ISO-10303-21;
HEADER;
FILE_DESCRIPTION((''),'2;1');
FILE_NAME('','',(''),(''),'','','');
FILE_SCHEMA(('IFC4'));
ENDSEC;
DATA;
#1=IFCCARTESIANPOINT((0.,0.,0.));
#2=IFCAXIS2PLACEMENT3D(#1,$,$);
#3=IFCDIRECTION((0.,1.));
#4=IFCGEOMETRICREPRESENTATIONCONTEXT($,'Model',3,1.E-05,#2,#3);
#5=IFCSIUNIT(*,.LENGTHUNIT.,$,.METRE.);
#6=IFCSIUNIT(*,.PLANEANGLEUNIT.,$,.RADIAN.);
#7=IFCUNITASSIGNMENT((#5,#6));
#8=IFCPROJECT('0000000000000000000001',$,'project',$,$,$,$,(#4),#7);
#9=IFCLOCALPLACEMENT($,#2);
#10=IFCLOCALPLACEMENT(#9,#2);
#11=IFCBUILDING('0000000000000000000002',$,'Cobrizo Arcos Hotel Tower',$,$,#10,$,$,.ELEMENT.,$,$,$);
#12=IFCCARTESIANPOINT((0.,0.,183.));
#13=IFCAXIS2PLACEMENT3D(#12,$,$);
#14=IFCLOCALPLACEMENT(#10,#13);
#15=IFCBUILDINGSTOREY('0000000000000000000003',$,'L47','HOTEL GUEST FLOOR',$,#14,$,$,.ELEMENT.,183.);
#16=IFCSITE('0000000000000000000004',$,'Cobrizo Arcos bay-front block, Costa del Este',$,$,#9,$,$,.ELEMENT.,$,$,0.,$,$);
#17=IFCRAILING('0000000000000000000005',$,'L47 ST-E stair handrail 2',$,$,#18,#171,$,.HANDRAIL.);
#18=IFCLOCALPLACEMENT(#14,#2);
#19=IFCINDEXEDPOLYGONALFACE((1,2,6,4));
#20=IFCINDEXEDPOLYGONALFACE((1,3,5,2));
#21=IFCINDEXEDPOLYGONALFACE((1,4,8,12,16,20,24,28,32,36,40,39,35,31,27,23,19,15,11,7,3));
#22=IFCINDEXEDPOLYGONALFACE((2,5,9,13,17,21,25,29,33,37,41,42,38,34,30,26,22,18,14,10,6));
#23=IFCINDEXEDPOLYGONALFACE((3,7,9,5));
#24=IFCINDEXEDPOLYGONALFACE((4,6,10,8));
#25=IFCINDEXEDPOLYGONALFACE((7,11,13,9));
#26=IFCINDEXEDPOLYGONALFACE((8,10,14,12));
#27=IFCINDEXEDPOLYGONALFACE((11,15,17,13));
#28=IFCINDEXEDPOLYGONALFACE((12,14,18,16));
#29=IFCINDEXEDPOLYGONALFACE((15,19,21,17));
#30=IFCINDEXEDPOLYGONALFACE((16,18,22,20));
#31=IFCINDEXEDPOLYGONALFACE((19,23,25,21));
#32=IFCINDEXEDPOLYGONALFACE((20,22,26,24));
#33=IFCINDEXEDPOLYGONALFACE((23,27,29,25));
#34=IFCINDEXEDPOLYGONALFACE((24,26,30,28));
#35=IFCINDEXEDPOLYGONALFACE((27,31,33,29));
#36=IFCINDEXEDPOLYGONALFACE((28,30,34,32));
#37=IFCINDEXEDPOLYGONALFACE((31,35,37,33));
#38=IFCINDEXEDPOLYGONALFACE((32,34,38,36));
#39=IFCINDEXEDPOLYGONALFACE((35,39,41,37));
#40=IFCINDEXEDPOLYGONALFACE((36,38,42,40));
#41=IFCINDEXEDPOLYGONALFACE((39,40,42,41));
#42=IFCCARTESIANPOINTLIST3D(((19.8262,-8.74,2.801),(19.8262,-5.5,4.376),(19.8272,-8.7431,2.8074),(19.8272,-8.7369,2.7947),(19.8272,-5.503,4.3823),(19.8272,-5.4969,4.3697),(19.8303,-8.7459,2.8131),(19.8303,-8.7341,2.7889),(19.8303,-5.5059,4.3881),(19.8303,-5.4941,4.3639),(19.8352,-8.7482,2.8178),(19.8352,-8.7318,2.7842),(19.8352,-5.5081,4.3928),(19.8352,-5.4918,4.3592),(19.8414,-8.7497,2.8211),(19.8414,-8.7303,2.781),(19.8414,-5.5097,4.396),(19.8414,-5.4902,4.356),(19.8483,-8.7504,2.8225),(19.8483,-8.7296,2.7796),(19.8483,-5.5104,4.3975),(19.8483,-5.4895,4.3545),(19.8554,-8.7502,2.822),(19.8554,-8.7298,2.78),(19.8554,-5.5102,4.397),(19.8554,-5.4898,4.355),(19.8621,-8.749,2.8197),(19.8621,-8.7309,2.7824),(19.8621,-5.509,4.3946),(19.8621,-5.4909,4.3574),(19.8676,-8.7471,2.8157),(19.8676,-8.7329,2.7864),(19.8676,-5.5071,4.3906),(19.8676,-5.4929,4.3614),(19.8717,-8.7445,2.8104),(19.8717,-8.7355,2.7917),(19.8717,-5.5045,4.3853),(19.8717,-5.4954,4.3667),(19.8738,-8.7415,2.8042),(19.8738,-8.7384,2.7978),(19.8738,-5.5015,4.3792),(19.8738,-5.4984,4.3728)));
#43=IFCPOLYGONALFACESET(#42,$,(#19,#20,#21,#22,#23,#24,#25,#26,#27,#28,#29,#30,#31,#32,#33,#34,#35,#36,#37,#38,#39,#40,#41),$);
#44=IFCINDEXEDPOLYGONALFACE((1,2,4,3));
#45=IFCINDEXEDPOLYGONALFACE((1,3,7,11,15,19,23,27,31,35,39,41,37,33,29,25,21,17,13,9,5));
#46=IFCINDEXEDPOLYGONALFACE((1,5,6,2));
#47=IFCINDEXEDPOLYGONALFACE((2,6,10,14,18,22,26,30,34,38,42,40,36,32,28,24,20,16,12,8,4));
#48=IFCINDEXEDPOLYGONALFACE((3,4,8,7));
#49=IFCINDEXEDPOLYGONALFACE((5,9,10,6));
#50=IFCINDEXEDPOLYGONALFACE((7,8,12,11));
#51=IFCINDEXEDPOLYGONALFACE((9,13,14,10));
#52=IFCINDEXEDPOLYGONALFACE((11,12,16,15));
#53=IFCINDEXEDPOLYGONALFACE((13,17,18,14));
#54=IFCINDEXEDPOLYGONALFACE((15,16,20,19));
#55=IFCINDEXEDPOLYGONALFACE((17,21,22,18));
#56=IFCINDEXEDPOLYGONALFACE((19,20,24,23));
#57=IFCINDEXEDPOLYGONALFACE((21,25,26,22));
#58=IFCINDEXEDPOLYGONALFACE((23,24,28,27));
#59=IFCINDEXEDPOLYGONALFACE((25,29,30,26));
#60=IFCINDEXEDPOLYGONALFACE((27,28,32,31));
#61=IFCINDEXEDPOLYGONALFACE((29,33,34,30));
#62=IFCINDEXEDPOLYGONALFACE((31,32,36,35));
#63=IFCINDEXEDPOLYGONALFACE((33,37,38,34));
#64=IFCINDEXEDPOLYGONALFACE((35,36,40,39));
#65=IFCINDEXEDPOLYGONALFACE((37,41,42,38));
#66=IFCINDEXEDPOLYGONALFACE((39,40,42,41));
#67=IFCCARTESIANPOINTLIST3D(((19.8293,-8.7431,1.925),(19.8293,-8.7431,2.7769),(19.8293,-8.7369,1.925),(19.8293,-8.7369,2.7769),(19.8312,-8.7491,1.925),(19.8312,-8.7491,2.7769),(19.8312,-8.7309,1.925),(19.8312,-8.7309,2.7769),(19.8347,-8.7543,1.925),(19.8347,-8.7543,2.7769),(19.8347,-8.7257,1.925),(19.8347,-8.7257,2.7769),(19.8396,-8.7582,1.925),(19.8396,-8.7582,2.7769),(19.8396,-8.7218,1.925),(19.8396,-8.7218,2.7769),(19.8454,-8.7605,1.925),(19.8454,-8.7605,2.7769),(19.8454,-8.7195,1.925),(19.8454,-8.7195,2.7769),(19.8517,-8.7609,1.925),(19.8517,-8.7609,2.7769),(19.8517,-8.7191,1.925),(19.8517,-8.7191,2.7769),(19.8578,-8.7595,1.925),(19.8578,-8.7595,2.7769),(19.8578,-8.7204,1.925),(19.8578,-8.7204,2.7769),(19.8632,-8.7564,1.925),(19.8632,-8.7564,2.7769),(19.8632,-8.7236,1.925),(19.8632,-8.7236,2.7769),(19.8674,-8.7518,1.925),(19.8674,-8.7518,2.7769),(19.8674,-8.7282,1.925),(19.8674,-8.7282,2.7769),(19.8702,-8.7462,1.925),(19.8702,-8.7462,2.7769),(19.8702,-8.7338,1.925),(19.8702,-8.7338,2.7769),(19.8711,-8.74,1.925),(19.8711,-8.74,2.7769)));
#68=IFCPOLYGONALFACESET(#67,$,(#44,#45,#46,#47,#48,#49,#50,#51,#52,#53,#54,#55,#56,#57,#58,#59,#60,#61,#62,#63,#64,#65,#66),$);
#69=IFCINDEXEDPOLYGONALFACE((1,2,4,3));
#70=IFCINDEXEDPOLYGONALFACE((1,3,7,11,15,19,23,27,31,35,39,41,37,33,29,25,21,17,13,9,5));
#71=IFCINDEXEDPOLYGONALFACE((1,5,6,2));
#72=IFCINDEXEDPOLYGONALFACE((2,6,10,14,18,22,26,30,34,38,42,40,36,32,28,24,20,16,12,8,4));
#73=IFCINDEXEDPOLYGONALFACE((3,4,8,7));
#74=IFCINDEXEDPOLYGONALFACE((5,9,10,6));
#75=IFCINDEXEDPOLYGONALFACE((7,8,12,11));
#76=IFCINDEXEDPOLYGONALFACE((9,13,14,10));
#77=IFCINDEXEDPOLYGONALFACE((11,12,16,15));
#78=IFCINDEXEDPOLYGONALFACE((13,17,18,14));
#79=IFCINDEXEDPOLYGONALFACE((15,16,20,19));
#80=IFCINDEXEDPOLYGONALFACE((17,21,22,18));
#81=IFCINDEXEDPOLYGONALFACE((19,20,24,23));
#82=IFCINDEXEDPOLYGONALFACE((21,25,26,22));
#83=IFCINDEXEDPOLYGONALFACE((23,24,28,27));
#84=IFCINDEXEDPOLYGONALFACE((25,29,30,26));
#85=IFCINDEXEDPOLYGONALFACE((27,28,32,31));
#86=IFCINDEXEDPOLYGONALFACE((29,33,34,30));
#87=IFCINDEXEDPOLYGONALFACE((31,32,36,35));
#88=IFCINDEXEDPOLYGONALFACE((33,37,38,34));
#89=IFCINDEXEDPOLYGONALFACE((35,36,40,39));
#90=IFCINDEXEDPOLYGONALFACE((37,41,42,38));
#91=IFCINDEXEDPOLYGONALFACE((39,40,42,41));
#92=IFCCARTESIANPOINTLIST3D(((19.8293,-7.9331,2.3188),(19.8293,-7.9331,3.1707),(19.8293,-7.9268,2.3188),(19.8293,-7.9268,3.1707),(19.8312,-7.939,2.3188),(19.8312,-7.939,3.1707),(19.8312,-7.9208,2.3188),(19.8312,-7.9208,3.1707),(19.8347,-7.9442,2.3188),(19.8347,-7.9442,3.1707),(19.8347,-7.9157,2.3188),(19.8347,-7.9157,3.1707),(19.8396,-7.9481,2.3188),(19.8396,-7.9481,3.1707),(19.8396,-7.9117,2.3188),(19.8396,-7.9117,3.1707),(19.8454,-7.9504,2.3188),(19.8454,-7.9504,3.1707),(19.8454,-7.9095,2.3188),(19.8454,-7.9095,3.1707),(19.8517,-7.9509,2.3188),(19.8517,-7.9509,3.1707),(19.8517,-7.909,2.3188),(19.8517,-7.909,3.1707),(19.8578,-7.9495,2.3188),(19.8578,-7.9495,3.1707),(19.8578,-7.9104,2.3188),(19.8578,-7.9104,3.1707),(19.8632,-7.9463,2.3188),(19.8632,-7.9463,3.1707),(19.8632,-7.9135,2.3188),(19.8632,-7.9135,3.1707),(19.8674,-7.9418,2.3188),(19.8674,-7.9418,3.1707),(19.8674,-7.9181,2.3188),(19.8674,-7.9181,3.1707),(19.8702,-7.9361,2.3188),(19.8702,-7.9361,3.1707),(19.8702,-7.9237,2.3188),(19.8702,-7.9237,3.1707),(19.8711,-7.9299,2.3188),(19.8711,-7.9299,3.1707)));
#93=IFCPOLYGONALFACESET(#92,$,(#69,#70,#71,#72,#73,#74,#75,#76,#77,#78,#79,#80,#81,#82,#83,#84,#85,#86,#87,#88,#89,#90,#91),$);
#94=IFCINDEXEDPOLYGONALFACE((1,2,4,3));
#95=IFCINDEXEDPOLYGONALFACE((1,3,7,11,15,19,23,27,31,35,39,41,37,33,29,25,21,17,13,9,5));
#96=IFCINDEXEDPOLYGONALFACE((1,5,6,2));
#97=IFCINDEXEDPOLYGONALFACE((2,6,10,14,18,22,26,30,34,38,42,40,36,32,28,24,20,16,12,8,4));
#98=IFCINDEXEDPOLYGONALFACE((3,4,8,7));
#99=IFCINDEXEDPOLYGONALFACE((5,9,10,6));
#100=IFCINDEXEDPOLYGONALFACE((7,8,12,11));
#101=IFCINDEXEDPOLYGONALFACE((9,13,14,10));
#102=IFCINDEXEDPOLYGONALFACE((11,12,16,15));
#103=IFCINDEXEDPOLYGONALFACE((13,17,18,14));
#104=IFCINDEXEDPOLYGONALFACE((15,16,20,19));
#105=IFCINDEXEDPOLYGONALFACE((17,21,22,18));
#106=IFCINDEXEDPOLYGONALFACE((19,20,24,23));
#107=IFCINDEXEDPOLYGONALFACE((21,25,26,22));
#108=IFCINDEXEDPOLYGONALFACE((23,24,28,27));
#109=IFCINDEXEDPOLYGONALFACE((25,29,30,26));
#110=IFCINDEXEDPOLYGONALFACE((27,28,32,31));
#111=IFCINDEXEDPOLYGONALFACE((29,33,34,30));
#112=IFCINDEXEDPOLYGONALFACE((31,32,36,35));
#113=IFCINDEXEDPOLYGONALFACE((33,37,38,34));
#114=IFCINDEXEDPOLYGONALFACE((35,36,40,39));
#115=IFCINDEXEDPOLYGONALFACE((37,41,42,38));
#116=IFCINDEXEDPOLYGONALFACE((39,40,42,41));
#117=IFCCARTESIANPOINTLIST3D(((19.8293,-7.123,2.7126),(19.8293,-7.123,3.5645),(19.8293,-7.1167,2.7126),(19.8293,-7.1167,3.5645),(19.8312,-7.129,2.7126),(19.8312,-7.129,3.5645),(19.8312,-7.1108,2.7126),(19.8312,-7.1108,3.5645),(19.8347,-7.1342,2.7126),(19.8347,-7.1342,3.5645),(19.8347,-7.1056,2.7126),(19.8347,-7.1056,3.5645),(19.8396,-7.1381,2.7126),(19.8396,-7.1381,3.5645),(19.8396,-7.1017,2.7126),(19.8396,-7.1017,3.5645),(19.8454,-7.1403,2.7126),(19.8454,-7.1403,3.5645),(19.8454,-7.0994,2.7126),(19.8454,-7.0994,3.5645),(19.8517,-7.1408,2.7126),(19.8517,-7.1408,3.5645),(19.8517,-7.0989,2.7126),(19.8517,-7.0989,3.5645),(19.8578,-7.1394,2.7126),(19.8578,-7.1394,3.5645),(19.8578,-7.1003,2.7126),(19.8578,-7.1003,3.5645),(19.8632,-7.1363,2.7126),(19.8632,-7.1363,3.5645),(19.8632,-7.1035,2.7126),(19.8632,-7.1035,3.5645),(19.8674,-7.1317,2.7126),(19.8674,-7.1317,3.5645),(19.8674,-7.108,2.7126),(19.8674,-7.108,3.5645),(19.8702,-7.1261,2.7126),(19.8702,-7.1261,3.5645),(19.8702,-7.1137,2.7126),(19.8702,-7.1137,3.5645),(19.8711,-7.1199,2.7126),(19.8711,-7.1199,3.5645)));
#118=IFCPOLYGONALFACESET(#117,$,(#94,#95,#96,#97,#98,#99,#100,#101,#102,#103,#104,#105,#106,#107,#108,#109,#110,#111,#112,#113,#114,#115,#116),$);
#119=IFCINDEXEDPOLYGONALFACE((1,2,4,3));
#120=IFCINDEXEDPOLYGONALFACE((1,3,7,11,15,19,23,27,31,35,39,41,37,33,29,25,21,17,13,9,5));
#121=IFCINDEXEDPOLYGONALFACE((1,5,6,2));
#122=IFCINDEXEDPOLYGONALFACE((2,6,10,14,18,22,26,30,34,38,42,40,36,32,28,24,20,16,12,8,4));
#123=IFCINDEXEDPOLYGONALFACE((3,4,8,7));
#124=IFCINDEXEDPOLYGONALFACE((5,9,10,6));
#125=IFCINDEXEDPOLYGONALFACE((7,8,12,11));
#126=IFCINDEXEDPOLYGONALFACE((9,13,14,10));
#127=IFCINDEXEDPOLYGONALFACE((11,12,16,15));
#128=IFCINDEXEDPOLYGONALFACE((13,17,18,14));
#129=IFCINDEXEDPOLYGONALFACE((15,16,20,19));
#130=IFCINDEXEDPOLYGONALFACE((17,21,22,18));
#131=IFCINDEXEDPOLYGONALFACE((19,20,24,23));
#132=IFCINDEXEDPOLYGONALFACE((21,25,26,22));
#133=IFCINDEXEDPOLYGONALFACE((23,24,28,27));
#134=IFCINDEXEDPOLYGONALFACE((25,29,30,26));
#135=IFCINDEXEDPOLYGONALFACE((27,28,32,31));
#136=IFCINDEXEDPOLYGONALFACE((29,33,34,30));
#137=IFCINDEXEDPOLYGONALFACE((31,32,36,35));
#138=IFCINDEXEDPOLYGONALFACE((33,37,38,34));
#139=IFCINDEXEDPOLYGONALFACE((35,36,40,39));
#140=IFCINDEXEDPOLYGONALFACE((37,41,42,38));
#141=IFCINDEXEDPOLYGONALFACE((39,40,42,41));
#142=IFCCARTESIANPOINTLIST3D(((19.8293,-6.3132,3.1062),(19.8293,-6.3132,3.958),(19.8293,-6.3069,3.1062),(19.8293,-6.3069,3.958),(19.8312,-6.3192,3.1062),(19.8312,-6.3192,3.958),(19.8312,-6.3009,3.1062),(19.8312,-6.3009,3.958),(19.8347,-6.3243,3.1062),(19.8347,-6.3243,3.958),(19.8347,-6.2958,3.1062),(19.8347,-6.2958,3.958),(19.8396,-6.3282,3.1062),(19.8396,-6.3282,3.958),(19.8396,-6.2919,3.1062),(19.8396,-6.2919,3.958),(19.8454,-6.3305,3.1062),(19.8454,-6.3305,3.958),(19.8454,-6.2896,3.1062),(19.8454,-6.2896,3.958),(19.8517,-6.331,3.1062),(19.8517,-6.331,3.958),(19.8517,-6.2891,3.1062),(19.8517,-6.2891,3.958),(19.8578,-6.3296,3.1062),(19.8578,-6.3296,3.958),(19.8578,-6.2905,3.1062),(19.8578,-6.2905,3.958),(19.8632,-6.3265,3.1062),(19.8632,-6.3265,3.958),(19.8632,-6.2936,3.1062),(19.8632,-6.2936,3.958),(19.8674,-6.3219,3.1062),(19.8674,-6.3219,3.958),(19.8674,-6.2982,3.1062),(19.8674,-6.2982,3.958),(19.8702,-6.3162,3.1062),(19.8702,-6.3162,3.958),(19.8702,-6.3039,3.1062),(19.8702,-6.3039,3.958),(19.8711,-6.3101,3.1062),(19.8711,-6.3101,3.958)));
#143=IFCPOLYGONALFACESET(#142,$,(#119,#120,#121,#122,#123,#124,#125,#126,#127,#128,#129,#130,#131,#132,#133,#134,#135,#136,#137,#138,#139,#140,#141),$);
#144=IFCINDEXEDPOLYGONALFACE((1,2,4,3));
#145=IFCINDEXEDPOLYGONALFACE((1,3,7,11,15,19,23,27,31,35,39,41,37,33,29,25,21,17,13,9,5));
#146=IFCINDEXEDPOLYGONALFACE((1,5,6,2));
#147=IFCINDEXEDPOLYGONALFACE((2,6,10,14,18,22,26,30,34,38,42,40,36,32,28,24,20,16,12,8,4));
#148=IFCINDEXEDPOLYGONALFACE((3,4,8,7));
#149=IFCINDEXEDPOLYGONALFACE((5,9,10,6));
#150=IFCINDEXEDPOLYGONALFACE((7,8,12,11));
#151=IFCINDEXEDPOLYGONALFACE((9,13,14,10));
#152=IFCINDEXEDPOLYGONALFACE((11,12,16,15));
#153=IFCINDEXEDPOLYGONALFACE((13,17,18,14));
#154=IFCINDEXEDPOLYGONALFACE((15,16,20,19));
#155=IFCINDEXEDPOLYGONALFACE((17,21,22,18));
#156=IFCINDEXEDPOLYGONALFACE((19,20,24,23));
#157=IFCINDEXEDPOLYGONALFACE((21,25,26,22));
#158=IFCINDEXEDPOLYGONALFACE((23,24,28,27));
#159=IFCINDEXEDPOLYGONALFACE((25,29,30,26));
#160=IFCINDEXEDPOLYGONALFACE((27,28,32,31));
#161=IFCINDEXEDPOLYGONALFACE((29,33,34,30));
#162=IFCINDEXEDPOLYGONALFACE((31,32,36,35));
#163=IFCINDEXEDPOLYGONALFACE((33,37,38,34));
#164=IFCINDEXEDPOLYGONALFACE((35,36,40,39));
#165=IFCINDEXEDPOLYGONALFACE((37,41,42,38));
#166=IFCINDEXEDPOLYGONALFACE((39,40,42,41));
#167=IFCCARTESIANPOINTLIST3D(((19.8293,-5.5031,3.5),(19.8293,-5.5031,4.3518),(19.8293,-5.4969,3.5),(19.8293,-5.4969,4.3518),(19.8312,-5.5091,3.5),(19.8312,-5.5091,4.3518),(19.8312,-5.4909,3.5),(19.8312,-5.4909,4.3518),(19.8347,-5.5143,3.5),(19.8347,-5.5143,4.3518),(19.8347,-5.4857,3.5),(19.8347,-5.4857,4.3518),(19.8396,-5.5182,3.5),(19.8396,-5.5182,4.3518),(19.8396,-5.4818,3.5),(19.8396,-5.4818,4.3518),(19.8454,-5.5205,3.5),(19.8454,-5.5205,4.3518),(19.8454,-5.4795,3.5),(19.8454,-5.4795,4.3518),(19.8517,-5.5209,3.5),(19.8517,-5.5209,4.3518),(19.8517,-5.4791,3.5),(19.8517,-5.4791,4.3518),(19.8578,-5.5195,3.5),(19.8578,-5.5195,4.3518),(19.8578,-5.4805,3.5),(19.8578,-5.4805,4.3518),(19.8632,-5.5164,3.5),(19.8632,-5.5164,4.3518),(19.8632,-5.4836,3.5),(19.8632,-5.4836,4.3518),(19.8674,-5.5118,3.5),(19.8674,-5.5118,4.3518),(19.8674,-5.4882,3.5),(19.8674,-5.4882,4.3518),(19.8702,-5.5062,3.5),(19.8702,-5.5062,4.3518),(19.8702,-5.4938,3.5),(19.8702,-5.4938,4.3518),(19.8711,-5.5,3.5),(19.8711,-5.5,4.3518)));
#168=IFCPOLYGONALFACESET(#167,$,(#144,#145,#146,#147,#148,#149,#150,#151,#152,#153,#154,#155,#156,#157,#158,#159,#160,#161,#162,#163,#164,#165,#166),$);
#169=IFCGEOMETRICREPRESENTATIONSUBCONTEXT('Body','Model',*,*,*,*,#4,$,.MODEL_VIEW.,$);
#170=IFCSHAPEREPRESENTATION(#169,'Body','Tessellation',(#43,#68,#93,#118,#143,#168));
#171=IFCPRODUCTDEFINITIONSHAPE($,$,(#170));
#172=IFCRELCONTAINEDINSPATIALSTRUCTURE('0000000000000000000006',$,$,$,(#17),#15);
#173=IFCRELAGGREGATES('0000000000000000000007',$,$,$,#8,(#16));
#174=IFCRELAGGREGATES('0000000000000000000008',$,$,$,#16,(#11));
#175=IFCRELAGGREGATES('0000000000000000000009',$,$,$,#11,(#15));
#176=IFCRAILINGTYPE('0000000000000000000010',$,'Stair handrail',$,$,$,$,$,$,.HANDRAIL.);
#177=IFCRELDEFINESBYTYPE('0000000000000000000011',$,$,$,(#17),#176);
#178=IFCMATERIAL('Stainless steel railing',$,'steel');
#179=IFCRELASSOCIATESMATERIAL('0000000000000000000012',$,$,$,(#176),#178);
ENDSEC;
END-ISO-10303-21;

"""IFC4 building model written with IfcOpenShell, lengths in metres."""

from ifc_helpers import new_model, si_unit, direction, frame, origin, origin_2d, place, context, subcontext, project, spatial, circle, extrude, material, type_object, element, save


model = new_model("IFC4")

# Units and contexts
model_context = context("Model", 3, precision=1e-05, world=origin(), true_north=direction((0.0, 1.0)))
body_context = subcontext(model_context, "Body", "Model", "MODEL_VIEW")
ifc_project = project(units=[si_unit("LENGTHUNIT", "METRE"), si_unit("PLANEANGLEUNIT", "RADIAN")], contexts=[model_context])

# Site, building, storey
site_placement = place(None, origin())
site = spatial("IfcSite", under=ifc_project, at=site_placement, Name="Cobrizo Arcos bay-front block, Costa del Este", CompositionType="ELEMENT", RefElevation=0.0)
building_placement = place(site_placement, origin())
building = spatial("IfcBuilding", under=site, at=building_placement, Name="Cobrizo Arcos Hotel Tower", CompositionType="ELEMENT")
storey_placement = place(building_placement, frame((0.0, 0.0, 183.0)))
storey = spatial("IfcBuildingStorey", under=building, at=storey_placement, Name="L47", Description="HOTEL GUEST FLOOR", CompositionType="ELEMENT", Elevation=183.0)

# Railing
ifc_material_1 = material(Name="Stainless steel railing", Category="steel")
railing_type_1 = type_object("IfcRailingType", Name="Stair handrail", PredefinedType="HANDRAIL", material=ifc_material_1)
railing_1_placement = place(storey_placement, frame((19.8501, -8.74, 1.925)))
element("IfcRailing", 1, at=railing_1_placement, inside=storey, type_object=railing_type_1, Name="L47 ST-E stair handrail 2", PredefinedType="HANDRAIL", context=body_context, shape_type="SweptSolid", body=[
    extrude(circle(Radius=0.0239, at=origin_2d()), frame((0.0, 0.0, 0.876), z_axis=(0.0, 0.899373, 0.437183), x_axis=(-1.0, 0.0, 0.0)), (0.0, 0.0, 1.0), 3.6025),
    extrude(circle(Radius=0.021, at=origin_2d()), origin(), (0.0, 0.0, 1.0), 0.8518),
    extrude(circle(Radius=0.021, at=origin_2d()), frame((0.0, 0.8101, 0.3938)), (0.0, 0.0, 1.0), 0.8518),
    extrude(circle(Radius=0.021, at=origin_2d()), frame((0.0, 1.6201, 0.7876)), (0.0, 0.0, 1.0), 0.8518),
    extrude(circle(Radius=0.021, at=origin_2d()), frame((0.0, 2.4299, 1.1812)), (0.0, 0.0, 1.0), 0.8518),
    extrude(circle(Radius=0.021, at=origin_2d()), frame((0.0, 3.24, 1.575)), (0.0, 0.0, 1.0), 0.8518),
])

save(model, "model.ifc")
